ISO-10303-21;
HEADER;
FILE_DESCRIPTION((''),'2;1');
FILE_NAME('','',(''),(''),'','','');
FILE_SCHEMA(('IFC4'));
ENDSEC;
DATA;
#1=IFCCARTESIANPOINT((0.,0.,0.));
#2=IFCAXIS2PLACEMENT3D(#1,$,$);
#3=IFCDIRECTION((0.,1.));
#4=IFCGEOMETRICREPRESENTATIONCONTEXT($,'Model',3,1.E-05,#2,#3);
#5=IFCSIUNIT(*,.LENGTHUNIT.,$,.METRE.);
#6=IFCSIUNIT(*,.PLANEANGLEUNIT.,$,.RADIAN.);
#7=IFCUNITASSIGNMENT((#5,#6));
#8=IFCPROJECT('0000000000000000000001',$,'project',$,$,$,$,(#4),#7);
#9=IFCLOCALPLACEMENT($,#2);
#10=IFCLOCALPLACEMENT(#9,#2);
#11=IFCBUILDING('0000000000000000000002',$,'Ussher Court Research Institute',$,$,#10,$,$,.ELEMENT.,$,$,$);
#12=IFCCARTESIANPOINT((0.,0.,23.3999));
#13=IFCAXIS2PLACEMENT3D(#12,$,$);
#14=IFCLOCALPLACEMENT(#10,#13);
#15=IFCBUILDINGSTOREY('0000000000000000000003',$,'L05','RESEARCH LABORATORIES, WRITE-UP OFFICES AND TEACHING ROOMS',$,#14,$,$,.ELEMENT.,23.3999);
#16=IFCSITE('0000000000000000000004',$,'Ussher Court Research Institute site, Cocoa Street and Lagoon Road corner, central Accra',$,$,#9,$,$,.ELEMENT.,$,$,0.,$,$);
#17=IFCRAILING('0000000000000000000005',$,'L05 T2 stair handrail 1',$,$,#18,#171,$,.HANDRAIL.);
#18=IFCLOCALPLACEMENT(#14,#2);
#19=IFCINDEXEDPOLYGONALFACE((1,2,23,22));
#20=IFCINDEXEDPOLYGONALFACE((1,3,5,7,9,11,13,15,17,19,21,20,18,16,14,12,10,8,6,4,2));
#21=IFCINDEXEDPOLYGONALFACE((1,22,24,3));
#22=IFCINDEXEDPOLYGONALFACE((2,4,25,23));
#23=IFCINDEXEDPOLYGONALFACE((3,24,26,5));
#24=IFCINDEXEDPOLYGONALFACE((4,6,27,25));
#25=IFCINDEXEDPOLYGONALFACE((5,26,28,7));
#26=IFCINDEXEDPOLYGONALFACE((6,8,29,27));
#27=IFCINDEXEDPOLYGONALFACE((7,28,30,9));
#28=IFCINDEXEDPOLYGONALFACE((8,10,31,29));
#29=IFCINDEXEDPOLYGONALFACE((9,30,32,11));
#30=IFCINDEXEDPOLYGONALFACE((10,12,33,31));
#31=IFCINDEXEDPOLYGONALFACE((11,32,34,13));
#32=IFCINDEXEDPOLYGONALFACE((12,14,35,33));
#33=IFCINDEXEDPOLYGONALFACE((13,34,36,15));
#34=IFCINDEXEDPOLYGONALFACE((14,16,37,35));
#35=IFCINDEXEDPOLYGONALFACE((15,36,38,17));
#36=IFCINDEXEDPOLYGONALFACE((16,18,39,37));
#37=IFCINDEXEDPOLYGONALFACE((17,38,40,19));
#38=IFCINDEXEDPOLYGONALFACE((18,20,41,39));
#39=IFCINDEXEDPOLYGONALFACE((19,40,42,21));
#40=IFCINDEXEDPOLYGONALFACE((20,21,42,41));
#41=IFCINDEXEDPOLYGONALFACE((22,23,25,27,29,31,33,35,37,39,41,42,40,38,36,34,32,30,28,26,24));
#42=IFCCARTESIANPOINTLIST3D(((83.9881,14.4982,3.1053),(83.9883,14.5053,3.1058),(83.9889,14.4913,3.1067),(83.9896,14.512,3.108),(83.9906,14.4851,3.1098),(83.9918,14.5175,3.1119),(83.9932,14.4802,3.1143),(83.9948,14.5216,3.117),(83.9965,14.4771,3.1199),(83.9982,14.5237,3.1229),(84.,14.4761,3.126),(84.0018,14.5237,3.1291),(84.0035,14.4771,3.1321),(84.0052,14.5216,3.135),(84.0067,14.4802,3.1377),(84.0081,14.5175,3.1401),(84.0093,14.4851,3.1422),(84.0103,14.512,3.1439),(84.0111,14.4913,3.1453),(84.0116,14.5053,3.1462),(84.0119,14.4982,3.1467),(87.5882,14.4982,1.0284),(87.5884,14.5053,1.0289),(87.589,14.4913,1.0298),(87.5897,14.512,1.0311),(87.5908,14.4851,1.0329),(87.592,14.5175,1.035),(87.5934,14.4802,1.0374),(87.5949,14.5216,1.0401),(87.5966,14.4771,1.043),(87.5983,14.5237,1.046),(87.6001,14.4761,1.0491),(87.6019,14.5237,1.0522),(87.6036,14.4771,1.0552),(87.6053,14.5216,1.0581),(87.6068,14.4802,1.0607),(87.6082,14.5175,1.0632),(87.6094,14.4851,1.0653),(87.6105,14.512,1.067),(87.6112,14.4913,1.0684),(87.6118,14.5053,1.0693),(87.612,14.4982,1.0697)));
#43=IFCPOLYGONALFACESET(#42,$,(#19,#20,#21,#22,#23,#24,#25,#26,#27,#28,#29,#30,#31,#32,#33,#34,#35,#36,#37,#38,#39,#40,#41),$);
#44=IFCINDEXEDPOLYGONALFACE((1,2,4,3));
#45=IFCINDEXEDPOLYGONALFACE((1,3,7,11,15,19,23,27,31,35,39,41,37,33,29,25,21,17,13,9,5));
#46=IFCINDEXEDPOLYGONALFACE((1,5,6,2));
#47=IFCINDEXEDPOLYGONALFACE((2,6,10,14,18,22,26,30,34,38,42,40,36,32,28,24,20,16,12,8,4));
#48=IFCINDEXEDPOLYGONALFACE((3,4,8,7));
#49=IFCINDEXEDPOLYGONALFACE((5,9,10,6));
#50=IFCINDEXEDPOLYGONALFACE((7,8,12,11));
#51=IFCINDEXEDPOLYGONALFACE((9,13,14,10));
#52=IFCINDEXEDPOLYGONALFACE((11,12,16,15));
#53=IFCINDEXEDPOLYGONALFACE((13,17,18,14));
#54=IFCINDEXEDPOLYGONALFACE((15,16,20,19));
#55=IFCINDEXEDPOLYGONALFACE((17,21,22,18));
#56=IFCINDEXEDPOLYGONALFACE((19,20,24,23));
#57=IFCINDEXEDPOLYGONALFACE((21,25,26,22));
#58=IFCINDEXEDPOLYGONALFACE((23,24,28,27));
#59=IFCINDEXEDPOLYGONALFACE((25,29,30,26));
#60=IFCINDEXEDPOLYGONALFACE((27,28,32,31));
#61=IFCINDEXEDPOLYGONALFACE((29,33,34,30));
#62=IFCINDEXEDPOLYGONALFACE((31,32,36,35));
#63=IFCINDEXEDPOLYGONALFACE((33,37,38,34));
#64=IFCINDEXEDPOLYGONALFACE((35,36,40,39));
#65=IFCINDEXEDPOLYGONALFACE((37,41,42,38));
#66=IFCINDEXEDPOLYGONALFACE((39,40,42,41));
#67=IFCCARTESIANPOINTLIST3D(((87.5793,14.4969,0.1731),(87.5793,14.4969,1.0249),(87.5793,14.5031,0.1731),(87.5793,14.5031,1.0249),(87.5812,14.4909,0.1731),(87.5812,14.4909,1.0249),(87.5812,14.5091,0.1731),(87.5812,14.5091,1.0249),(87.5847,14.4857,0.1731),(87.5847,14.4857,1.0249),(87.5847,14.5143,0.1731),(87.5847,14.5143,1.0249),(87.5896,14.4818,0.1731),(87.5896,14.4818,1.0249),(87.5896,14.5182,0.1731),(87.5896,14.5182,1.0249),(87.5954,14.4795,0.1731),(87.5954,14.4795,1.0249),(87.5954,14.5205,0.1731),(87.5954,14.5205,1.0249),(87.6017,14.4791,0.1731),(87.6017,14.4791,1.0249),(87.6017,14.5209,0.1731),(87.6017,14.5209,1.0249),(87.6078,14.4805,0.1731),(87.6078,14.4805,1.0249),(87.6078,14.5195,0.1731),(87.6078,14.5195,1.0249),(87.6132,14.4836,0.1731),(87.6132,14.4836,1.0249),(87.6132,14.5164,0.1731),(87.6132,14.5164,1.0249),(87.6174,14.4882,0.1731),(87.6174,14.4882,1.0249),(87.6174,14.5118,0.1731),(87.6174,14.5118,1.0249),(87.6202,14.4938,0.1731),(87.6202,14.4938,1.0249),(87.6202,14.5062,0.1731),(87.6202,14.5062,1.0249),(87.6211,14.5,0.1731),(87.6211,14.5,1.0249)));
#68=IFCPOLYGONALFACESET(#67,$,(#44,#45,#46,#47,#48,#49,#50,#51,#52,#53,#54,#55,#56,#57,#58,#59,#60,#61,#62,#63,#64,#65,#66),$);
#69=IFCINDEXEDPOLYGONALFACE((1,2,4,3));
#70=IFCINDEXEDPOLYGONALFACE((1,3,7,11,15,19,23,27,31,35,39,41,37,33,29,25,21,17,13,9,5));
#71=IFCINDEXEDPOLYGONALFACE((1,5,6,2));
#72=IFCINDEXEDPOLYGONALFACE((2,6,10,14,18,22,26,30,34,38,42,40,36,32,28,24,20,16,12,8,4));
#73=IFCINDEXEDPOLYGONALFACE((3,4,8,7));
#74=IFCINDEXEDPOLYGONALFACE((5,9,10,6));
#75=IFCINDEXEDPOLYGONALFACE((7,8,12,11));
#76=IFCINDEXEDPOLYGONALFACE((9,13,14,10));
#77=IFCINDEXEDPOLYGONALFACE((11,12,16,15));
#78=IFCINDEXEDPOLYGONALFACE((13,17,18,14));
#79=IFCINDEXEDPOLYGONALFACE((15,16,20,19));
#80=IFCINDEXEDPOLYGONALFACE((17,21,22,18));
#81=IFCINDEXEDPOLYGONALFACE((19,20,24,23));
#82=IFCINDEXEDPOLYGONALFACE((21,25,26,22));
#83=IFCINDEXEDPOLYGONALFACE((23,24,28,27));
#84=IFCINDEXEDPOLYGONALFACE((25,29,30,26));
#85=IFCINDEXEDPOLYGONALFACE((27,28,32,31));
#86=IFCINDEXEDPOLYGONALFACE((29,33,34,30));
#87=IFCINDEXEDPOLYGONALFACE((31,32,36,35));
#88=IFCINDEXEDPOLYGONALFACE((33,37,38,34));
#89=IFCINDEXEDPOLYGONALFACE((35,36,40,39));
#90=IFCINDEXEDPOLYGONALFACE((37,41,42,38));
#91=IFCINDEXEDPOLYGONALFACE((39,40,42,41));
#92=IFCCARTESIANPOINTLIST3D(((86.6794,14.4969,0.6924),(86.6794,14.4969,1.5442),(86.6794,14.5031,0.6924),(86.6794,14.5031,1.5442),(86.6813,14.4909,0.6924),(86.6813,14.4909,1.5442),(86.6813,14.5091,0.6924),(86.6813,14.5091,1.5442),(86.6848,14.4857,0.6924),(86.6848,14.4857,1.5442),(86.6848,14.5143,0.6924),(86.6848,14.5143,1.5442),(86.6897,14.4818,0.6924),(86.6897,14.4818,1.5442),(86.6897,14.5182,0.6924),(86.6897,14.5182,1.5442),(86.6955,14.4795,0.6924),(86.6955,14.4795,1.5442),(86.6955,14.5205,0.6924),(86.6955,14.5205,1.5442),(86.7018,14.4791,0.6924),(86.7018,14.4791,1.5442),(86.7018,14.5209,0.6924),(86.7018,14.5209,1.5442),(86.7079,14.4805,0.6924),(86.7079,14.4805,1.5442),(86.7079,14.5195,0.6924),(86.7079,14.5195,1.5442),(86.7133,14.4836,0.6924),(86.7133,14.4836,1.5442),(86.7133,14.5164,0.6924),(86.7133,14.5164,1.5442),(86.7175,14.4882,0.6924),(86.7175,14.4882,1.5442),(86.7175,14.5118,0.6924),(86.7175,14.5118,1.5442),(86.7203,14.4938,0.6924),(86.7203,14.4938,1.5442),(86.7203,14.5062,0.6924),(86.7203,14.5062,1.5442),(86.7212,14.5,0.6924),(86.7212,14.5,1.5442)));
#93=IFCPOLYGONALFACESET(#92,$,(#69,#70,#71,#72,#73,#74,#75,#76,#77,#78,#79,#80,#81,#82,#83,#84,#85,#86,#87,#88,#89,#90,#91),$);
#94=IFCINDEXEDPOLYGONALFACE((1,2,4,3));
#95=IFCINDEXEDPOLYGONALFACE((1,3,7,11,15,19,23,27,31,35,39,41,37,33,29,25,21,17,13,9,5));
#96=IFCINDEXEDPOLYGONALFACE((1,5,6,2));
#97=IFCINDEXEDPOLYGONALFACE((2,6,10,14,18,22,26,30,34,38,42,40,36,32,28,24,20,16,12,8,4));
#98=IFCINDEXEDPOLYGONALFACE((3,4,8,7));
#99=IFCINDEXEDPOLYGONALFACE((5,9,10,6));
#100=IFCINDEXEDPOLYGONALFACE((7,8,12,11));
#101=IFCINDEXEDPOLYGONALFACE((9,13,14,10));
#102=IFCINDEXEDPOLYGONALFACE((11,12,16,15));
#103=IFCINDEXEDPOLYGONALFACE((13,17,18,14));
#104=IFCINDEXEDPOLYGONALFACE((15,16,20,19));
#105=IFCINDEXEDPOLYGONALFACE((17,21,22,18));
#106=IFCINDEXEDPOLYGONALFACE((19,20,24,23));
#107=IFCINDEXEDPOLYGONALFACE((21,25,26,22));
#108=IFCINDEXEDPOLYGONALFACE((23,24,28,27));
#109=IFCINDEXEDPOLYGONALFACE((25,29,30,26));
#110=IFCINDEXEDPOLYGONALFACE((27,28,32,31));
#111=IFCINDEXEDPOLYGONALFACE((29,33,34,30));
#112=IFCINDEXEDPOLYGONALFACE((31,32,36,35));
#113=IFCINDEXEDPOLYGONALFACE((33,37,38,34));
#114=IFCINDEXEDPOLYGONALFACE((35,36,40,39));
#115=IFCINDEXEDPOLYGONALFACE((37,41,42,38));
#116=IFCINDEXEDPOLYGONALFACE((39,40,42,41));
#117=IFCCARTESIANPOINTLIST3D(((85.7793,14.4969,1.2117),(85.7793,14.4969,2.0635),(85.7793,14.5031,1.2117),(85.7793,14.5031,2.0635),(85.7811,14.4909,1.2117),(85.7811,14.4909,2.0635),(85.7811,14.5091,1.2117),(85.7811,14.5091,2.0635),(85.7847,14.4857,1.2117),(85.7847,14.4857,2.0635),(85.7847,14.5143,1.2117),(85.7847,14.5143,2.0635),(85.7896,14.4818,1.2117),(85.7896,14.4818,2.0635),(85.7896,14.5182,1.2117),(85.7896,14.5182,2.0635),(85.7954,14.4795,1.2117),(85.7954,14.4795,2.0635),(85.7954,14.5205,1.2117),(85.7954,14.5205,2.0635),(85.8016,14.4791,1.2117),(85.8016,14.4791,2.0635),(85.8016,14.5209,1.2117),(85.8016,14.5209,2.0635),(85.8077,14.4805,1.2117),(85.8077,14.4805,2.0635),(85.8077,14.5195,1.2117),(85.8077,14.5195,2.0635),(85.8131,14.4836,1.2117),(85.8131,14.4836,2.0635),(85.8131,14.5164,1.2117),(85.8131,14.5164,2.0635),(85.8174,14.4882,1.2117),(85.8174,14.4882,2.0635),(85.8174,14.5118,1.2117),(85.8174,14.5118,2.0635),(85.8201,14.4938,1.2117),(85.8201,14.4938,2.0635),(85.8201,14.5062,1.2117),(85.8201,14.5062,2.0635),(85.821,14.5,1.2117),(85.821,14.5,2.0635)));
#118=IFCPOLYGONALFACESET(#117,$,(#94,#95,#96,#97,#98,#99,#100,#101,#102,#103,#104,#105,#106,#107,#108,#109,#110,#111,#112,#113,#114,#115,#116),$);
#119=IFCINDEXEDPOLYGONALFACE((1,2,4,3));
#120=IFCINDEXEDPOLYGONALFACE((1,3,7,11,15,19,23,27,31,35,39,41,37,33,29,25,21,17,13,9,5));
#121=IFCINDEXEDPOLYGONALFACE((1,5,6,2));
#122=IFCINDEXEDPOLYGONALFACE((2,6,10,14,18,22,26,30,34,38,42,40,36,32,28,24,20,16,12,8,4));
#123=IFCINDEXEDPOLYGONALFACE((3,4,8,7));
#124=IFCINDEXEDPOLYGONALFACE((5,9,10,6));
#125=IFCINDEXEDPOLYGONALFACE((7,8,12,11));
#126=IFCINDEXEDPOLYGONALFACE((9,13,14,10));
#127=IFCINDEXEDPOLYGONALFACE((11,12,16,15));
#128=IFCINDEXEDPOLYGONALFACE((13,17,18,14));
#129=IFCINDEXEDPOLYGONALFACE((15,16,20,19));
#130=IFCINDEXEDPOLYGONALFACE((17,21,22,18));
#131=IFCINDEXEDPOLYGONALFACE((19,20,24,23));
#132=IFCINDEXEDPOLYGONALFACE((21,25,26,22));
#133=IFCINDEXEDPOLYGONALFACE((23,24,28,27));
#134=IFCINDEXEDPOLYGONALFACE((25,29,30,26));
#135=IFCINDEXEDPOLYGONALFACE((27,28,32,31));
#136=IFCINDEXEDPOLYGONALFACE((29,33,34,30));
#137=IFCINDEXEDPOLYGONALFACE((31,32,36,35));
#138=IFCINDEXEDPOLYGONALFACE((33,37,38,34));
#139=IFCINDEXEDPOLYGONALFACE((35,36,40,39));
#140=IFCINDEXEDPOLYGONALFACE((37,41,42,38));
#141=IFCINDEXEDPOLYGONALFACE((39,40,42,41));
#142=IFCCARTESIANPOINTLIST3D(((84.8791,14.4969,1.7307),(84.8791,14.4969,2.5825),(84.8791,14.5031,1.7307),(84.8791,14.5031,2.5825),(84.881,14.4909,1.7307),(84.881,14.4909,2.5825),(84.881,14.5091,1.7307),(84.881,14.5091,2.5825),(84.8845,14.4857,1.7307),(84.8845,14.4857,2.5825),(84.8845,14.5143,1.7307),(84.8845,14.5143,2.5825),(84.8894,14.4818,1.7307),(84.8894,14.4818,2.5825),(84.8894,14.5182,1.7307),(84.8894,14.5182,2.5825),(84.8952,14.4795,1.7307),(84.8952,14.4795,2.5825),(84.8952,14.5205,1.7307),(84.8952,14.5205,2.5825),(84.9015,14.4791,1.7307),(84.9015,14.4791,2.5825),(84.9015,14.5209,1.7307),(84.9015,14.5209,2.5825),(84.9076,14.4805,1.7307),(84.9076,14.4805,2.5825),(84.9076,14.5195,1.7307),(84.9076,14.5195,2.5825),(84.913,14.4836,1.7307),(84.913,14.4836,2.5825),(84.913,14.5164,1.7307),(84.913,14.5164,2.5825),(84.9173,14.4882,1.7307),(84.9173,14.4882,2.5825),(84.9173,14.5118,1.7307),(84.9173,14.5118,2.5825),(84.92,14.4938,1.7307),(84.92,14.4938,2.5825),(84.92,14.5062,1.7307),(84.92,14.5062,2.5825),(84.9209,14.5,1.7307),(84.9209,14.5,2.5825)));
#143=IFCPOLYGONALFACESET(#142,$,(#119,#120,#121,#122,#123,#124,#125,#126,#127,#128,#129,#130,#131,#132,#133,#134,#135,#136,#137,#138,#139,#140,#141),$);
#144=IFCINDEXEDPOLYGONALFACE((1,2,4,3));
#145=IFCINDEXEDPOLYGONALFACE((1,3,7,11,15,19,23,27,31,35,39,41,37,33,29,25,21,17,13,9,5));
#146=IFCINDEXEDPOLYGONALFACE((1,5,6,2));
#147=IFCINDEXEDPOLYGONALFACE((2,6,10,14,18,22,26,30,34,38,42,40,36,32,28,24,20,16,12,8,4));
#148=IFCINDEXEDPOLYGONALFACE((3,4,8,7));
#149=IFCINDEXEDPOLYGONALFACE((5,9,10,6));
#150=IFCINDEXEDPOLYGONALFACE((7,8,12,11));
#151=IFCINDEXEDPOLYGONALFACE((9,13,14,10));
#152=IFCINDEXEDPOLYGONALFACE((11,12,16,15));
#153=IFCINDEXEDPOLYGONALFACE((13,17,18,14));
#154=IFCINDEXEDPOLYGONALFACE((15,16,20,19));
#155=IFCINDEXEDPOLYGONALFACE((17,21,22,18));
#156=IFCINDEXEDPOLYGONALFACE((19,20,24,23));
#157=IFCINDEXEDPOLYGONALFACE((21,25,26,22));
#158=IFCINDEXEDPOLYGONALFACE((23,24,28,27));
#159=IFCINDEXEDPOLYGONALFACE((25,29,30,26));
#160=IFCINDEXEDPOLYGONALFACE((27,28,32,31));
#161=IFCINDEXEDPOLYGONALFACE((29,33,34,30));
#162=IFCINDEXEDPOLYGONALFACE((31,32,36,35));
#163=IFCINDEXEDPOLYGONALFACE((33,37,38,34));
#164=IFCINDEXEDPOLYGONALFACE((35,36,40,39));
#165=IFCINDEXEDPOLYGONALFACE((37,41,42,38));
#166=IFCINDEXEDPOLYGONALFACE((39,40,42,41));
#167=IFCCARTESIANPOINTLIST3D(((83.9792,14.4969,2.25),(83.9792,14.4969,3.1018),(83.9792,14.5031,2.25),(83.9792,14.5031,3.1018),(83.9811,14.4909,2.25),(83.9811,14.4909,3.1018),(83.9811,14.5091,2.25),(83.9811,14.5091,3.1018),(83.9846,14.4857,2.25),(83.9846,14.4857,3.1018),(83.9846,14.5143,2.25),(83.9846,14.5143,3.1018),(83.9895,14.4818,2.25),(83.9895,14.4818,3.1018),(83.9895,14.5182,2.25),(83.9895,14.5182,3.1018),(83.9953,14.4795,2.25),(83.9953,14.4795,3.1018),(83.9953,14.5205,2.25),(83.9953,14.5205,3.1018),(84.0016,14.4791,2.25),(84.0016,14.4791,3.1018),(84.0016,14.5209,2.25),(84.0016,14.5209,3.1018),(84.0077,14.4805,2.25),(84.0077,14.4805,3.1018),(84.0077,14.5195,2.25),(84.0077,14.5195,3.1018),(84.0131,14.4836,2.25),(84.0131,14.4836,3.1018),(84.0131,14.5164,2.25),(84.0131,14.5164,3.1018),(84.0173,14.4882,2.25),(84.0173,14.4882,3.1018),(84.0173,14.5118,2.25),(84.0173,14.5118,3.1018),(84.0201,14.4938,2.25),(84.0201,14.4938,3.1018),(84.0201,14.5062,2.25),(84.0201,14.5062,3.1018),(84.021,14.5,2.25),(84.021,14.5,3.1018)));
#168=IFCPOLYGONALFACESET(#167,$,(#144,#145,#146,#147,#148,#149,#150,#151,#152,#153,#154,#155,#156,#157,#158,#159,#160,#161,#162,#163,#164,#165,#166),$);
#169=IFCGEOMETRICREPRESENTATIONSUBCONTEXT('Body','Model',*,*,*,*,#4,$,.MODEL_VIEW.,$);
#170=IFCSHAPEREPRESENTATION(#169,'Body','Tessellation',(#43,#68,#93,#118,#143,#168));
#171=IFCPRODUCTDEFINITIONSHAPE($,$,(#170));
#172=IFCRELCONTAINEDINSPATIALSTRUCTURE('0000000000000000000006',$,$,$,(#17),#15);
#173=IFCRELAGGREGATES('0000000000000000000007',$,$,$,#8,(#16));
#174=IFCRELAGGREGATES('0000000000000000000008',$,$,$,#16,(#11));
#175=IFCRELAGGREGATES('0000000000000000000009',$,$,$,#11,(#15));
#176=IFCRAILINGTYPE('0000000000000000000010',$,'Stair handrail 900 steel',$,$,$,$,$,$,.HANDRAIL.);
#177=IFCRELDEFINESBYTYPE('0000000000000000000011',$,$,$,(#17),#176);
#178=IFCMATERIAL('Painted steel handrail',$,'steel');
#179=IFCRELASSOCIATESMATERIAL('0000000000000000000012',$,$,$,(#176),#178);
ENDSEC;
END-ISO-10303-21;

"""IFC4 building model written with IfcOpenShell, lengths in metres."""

from ifc_helpers import new_model, si_unit, direction, frame, origin, origin_2d, place, context, subcontext, project, spatial, circle, extrude, material, type_object, element, save


model = new_model("IFC4")

# Units and contexts
model_context = context("Model", 3, precision=1e-05, world=origin(), true_north=direction((0.0, 1.0)))
body_context = subcontext(model_context, "Body", "Model", "MODEL_VIEW")
ifc_project = project(units=[si_unit("LENGTHUNIT", "METRE"), si_unit("PLANEANGLEUNIT", "RADIAN")], contexts=[model_context])

# Site, building, storey
site_placement = place(None, origin())
site = spatial("IfcSite", under=ifc_project, at=site_placement, Name="Ussher Court Research Institute site, Cocoa Street and Lagoon Road corner, central Accra", CompositionType="ELEMENT", RefElevation=0.0)
building_placement = place(site_placement, origin())
building = spatial("IfcBuilding", under=site, at=building_placement, Name="Ussher Court Research Institute", CompositionType="ELEMENT")
storey_placement = place(building_placement, frame((0.0, 0.0, 23.3999)))
storey = spatial("IfcBuildingStorey", under=building, at=storey_placement, Name="L05", Description="RESEARCH LABORATORIES, WRITE-UP OFFICES AND TEACHING ROOMS", CompositionType="ELEMENT", Elevation=23.3999)

# Railing
ifc_material_1 = material(Name="Painted steel handrail", Category="steel")
railing_type_1 = type_object("IfcRailingType", Name="Stair handrail 900 steel", PredefinedType="HANDRAIL", material=ifc_material_1)
railing_1_placement = place(storey_placement, frame((87.6001, 14.5, 0.1731)))
element("IfcRailing", 1, at=railing_1_placement, inside=storey, type_object=railing_type_1, Name="L05 T2 stair handrail 1", PredefinedType="HANDRAIL", context=body_context, shape_type="SweptSolid", body=[
    extrude(circle(Radius=0.0239, at=origin_2d()), frame((0.0, 0.0, 0.876), z_axis=(-0.866193, 0.0, 0.499709), x_axis=(0.0, -1.0, 0.0)), (0.0, 0.0, 1.0), 4.1562),
    extrude(circle(Radius=0.021, at=origin_2d()), origin(), (0.0, 0.0, 1.0), 0.8518),
    extrude(circle(Radius=0.021, at=origin_2d()), frame((-0.8999, 0.0, 0.5193)), (0.0, 0.0, 1.0), 0.8518),
    extrude(circle(Radius=0.021, at=origin_2d()), frame((-1.8, 0.0, 1.0386)), (0.0, 0.0, 1.0), 0.8518),
    extrude(circle(Radius=0.021, at=origin_2d()), frame((-2.7002, 0.0, 1.5576)), (0.0, 0.0, 1.0), 0.8518),
    extrude(circle(Radius=0.021, at=origin_2d()), frame((-3.6001, 0.0, 2.0769)), (0.0, 0.0, 1.0), 0.8518),
])

save(model, "model.ifc")
